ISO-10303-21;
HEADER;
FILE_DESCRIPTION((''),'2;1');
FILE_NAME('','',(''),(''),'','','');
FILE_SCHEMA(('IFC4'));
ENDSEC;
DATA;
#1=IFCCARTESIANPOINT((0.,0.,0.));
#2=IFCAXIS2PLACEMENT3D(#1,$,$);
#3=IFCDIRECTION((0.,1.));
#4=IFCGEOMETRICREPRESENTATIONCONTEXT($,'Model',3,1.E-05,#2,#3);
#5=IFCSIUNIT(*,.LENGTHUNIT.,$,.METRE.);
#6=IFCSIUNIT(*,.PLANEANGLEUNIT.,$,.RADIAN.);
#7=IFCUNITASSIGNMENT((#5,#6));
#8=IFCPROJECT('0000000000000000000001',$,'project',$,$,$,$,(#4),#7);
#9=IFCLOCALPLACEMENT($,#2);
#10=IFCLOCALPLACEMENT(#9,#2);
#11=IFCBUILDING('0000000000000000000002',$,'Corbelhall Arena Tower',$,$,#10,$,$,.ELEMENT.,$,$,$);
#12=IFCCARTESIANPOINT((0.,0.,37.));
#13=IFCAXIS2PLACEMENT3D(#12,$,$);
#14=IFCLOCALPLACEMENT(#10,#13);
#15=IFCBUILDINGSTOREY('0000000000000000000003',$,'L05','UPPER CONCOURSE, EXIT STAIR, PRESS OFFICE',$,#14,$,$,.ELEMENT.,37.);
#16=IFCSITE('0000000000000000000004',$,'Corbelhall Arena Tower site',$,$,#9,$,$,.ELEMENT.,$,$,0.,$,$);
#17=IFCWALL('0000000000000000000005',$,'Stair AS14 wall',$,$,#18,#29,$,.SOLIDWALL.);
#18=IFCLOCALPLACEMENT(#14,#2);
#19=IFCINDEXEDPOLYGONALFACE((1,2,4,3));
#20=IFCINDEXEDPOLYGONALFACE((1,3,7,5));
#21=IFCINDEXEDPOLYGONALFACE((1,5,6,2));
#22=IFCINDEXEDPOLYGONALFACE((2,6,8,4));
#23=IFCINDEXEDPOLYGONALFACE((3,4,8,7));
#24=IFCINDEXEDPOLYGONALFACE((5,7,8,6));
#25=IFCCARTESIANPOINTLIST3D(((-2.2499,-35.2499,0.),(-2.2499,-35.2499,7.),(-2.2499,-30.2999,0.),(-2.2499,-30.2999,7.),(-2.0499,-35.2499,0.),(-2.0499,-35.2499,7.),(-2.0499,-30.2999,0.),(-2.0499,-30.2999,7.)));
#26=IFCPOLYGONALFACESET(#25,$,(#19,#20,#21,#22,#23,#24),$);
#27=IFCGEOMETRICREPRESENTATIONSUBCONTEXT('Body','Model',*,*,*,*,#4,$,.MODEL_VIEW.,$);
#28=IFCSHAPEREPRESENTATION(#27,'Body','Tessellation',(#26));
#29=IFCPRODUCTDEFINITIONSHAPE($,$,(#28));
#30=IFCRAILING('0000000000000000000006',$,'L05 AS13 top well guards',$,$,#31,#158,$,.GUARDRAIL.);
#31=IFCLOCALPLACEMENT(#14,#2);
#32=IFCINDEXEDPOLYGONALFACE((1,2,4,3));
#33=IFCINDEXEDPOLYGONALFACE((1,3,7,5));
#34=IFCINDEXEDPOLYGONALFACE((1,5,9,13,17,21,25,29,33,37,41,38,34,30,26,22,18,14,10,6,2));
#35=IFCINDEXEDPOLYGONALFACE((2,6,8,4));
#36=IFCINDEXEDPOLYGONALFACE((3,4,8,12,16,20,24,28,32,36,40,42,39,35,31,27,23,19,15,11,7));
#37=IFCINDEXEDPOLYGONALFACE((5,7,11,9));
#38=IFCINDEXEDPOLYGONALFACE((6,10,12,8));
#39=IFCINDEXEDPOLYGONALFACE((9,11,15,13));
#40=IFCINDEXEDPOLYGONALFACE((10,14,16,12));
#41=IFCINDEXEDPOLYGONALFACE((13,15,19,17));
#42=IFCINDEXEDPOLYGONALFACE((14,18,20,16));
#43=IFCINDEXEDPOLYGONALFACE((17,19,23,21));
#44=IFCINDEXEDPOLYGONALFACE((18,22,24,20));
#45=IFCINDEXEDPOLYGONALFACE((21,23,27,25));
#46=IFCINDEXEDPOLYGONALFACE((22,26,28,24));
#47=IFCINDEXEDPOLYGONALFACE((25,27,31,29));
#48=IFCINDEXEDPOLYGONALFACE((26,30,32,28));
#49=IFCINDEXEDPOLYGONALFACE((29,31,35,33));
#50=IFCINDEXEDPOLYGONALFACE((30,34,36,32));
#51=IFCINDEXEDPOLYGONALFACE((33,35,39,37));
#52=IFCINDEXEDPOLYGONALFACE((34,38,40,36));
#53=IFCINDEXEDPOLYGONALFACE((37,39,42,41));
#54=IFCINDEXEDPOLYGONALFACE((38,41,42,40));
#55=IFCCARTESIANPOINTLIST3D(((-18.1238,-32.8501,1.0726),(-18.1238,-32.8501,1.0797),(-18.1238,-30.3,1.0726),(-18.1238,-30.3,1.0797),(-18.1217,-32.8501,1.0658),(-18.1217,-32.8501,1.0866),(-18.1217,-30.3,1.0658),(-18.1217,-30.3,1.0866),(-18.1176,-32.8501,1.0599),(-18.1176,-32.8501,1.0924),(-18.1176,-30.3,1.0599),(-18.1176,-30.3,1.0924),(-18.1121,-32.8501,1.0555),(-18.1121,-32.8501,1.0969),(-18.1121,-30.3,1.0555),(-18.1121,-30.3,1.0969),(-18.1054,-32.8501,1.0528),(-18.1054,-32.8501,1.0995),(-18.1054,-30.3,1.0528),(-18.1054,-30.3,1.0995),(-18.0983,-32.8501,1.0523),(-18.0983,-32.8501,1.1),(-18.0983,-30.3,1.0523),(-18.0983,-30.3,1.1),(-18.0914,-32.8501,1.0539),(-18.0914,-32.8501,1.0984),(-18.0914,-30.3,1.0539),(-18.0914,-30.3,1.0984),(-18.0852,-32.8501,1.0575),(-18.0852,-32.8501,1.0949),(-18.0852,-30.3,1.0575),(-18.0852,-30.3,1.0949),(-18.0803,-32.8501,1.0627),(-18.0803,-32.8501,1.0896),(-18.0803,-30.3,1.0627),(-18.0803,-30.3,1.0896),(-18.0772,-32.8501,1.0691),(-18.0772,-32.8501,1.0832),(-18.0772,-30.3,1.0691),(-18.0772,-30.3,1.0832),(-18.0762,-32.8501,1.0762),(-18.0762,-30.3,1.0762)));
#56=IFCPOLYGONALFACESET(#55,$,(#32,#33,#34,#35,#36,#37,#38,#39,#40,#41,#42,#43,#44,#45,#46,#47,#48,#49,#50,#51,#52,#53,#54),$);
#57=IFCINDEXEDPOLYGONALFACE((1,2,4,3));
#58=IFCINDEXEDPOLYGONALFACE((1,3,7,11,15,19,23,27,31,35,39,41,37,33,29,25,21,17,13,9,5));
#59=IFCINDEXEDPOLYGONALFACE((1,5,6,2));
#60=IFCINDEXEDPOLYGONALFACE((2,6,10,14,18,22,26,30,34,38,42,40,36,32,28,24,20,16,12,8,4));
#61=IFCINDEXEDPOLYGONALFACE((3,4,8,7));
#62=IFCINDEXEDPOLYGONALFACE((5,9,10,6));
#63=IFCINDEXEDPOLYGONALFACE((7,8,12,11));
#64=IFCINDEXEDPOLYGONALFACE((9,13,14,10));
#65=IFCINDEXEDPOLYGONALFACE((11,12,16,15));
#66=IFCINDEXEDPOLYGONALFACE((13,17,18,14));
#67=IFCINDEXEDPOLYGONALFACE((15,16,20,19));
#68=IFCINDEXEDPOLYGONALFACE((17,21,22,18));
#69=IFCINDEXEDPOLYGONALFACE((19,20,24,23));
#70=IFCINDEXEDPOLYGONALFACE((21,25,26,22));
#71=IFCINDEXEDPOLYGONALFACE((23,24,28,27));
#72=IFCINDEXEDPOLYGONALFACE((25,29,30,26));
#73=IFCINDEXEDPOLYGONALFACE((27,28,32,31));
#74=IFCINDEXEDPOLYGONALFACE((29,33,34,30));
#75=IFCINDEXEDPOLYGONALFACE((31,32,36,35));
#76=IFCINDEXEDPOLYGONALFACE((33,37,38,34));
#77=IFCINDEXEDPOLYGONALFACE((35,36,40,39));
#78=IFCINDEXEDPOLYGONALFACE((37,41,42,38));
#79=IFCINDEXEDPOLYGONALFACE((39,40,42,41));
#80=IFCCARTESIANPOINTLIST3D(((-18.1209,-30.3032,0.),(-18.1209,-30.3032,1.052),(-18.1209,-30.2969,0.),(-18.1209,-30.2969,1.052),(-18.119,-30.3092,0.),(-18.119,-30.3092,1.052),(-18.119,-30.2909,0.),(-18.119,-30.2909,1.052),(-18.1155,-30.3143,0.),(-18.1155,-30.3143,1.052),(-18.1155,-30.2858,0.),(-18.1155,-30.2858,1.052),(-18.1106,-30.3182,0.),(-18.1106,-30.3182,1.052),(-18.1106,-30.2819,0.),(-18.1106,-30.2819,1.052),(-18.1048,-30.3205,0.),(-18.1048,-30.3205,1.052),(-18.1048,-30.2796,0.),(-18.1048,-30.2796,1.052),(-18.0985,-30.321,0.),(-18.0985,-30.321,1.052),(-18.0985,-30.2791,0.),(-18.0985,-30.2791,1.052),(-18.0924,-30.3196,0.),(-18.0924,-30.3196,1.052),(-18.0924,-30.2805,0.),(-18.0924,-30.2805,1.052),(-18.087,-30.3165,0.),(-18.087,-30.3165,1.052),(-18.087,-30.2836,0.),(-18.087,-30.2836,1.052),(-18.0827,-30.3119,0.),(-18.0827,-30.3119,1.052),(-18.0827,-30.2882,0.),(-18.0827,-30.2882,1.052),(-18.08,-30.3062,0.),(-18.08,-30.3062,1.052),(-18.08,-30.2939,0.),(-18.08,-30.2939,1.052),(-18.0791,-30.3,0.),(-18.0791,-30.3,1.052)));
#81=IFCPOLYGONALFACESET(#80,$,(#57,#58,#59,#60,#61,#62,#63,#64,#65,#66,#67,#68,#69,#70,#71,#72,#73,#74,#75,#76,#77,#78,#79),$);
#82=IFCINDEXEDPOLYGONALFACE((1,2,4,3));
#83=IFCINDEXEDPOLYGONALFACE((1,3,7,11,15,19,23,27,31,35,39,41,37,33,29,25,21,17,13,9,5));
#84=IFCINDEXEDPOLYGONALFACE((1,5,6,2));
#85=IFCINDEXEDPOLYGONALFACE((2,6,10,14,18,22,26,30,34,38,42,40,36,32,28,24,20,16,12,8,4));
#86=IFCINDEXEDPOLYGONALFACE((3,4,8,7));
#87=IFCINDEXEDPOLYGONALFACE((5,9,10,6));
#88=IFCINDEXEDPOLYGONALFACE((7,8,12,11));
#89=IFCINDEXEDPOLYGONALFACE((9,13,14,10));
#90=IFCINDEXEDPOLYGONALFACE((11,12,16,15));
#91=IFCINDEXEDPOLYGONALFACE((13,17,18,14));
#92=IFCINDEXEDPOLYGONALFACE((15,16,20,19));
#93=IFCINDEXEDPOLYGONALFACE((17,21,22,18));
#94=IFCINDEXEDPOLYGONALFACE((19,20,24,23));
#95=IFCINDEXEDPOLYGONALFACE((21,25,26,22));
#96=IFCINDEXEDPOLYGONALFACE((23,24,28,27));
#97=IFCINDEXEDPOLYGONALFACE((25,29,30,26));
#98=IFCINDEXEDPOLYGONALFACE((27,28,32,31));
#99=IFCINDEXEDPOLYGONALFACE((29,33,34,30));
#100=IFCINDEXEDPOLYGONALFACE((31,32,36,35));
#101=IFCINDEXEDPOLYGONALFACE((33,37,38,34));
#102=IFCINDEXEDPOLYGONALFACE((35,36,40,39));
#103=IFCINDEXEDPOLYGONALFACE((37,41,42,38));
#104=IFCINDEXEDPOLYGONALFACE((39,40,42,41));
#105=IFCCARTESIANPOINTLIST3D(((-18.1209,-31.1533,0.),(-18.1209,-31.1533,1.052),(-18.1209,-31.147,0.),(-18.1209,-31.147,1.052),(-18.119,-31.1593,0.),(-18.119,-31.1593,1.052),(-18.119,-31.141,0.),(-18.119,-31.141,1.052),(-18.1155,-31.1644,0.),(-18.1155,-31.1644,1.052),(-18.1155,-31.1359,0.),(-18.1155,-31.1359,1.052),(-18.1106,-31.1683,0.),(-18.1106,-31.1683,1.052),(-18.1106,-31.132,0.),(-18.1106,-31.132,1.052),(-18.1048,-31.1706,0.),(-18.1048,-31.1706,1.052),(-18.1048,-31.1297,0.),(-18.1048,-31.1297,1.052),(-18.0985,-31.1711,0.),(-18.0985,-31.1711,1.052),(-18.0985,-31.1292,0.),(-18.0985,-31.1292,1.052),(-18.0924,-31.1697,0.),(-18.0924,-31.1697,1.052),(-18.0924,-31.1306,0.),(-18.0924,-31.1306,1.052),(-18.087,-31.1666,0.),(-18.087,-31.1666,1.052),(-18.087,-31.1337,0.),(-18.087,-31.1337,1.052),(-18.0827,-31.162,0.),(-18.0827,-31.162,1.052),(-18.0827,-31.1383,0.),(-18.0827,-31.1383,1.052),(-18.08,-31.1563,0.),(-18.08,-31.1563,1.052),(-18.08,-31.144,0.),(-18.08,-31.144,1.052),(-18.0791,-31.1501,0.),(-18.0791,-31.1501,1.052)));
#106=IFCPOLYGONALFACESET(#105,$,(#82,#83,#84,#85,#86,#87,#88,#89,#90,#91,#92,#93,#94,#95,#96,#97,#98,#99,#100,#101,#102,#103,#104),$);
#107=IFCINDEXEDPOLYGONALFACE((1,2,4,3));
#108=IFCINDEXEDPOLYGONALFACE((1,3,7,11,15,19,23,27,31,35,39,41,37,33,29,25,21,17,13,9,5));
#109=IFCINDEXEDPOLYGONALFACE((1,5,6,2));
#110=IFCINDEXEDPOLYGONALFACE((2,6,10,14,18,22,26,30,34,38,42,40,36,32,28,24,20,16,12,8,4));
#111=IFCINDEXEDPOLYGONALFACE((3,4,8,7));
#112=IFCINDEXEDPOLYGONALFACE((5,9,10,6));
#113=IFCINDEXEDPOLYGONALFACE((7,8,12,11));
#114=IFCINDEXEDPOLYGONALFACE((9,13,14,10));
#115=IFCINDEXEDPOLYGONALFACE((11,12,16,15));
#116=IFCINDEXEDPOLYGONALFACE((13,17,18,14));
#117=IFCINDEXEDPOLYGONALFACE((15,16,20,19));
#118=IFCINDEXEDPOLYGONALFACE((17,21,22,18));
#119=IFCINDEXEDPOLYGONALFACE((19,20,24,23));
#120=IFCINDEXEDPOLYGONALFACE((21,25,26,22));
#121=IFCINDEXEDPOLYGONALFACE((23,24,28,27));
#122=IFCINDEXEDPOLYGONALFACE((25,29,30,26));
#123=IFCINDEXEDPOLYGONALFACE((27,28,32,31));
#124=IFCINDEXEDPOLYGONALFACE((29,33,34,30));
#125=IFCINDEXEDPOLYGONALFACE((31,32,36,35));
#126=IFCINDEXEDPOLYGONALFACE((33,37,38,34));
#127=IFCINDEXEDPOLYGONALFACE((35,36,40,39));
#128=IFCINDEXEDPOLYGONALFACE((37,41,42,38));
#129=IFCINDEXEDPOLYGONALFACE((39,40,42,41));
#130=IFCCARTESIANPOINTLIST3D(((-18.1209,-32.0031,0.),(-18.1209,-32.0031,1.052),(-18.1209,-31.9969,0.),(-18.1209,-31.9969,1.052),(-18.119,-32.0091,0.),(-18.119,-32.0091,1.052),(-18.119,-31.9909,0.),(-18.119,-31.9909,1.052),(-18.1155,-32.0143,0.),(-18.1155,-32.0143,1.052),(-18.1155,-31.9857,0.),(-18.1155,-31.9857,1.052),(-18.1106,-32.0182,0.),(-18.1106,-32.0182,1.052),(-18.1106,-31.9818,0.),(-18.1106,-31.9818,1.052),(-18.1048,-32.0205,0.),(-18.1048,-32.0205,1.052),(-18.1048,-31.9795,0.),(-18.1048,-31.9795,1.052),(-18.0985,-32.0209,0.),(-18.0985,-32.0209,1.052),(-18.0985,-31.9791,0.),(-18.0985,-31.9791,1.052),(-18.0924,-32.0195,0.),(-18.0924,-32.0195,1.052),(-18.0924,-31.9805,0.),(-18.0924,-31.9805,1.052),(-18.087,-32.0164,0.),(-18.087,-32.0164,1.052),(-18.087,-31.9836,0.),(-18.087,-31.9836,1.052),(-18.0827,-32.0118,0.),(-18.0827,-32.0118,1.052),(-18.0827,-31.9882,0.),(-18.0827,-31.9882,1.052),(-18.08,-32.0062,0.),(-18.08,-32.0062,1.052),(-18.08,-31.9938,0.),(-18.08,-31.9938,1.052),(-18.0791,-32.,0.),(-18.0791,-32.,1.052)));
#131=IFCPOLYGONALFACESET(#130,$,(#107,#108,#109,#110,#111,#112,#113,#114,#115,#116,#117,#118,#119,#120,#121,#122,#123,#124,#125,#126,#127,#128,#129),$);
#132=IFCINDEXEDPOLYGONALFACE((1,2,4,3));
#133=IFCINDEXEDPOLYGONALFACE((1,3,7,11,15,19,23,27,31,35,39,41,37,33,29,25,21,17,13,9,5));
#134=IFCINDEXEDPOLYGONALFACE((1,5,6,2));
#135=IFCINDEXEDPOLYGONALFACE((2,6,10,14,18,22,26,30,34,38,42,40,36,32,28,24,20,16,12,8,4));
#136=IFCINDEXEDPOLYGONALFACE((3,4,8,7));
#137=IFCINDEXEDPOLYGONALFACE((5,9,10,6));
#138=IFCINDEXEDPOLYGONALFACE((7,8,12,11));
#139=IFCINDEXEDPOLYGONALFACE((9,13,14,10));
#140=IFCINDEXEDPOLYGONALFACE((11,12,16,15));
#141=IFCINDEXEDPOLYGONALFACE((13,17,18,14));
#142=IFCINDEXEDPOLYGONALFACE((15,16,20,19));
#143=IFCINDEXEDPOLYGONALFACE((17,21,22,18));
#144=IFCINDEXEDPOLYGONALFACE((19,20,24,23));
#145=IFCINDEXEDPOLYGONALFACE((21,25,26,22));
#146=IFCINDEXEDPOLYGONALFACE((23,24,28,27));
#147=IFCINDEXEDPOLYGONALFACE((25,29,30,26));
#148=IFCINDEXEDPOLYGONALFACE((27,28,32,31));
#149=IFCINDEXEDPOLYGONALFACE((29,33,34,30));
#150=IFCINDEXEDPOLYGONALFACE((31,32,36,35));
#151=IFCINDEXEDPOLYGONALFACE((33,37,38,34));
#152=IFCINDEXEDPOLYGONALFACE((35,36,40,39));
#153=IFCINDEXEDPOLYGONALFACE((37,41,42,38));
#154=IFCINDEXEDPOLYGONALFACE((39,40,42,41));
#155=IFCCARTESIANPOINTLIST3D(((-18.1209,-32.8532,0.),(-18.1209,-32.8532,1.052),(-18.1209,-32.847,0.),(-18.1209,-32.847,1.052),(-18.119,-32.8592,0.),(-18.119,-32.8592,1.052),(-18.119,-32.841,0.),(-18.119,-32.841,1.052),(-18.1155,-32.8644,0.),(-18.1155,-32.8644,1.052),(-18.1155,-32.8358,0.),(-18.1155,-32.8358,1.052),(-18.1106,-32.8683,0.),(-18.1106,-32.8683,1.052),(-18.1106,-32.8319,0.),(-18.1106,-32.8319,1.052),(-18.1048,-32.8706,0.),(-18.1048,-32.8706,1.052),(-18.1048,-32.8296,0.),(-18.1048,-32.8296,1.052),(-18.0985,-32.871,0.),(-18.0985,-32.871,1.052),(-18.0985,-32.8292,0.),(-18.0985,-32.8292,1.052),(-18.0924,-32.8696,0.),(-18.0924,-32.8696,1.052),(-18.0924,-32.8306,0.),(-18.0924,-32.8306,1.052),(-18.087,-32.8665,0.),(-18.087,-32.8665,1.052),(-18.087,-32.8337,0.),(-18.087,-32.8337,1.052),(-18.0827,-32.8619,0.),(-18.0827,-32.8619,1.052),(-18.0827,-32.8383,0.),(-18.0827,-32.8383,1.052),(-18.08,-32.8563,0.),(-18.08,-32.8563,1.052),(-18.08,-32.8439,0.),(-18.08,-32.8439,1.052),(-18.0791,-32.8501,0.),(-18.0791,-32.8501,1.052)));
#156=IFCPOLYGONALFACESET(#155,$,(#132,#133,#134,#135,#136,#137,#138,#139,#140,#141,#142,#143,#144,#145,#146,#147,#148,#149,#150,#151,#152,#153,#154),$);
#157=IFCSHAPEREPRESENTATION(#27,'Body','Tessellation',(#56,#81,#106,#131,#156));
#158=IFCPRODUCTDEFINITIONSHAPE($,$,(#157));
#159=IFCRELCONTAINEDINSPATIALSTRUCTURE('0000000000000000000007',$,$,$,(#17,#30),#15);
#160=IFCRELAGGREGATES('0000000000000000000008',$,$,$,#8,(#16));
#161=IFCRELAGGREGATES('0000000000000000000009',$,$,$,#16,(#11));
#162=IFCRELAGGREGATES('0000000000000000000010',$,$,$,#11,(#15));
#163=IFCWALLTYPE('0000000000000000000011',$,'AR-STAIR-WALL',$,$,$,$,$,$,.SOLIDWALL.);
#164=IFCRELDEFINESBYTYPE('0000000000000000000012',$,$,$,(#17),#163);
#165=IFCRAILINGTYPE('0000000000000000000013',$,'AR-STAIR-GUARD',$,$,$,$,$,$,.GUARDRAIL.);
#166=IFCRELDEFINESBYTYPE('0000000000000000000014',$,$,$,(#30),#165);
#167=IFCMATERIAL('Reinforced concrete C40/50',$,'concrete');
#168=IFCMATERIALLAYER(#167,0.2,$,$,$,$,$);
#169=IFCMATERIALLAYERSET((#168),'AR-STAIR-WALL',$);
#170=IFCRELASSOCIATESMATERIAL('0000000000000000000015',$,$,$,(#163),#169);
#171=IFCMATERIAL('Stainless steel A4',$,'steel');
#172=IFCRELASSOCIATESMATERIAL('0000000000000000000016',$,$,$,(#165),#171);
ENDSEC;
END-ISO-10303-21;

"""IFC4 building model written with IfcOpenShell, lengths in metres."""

from ifc_helpers import new_model, si_unit, direction, frame, frame_2d, origin, origin_2d, place, context, subcontext, project, spatial, rectangle, circle, extrude, material, layer, layer_set, type_object, element, save


model = new_model("IFC4")

# Units and contexts
model_context = context("Model", 3, precision=1e-05, world=origin(), true_north=direction((0.0, 1.0)))
body_context = subcontext(model_context, "Body", "Model", "MODEL_VIEW")
ifc_project = project(units=[si_unit("LENGTHUNIT", "METRE"), si_unit("PLANEANGLEUNIT", "RADIAN")], contexts=[model_context])

# Site, building, storey
site_placement = place(None, origin())
site = spatial("IfcSite", under=ifc_project, at=site_placement, Name="Corbelhall Arena Tower site", CompositionType="ELEMENT", RefElevation=0.0)
building_placement = place(site_placement, origin())
building = spatial("IfcBuilding", under=site, at=building_placement, Name="Corbelhall Arena Tower", CompositionType="ELEMENT")
storey_placement = place(building_placement, frame((0.0, 0.0, 37.0)))
storey = spatial("IfcBuildingStorey", under=building, at=storey_placement, Name="L05", Description="UPPER CONCOURSE, EXIT STAIR, PRESS OFFICE", CompositionType="ELEMENT", Elevation=37.0)

# Shared definitions
ifc_material_1 = material(Name="Reinforced concrete C40/50", Category="concrete")
ifc_layer_1 = layer(ifc_material_1, 0.2)
ifc_layer_set_1 = layer_set([ifc_layer_1], Name="AR-STAIR-WALL")
wall_type_1 = type_object("IfcWallType", Name="AR-STAIR-WALL", PredefinedType="SOLIDWALL", material=ifc_layer_set_1)

# Wall
wall_1_placement = place(storey_placement, frame((-2.1499, -35.25, 0.0), z_axis=(0.0, 0.0, 1.0), x_axis=(0.0, 1.0, 0.0)))
element("IfcWall", 1, at=wall_1_placement, inside=storey, type_object=wall_type_1, Name="Stair AS14 wall", PredefinedType="SOLIDWALL", context=body_context, shape_type="SweptSolid", body=[
    extrude(rectangle(XDim=4.95, YDim=0.2, at=frame_2d((2.4751, 0.0))), origin(), (0.0, 0.0, 1.0), 7.0),
])

# Railing
ifc_material_2 = material(Name="Stainless steel A4", Category="steel")
railing_type_1 = type_object("IfcRailingType", Name="AR-STAIR-GUARD", PredefinedType="GUARDRAIL", material=ifc_material_2)
for number, where, name in (
    (2, (-18.1001, -30.3, 0.0), "L05 AS13 top well guards"),
):
    element("IfcRailing", number, at=place(storey_placement, frame(where)), inside=storey, type_object=railing_type_1, Name=name, PredefinedType="GUARDRAIL", context=body_context, shape_type="SweptSolid", body=[
        extrude(circle(Radius=0.0239, at=origin_2d()), frame((0.0, 0.0, 1.0762), z_axis=(0.0, -1.0, 0.0), x_axis=(1.0, 0.0, 0.0)), (0.0, 0.0, 1.0), 2.55),
        extrude(circle(Radius=0.021, at=origin_2d()), origin(), (0.0, 0.0, 1.0), 1.052),
        extrude(circle(Radius=0.021, at=origin_2d()), frame((0.0, -0.8501, 0.0)), (0.0, 0.0, 1.0), 1.052),
        extrude(circle(Radius=0.021, at=origin_2d()), frame((0.0, -1.7, 0.0)), (0.0, 0.0, 1.0), 1.052),
        extrude(circle(Radius=0.021, at=origin_2d()), frame((0.0, -2.55, 0.0)), (0.0, 0.0, 1.0), 1.052),
    ])

save(model, "model.ifc")
